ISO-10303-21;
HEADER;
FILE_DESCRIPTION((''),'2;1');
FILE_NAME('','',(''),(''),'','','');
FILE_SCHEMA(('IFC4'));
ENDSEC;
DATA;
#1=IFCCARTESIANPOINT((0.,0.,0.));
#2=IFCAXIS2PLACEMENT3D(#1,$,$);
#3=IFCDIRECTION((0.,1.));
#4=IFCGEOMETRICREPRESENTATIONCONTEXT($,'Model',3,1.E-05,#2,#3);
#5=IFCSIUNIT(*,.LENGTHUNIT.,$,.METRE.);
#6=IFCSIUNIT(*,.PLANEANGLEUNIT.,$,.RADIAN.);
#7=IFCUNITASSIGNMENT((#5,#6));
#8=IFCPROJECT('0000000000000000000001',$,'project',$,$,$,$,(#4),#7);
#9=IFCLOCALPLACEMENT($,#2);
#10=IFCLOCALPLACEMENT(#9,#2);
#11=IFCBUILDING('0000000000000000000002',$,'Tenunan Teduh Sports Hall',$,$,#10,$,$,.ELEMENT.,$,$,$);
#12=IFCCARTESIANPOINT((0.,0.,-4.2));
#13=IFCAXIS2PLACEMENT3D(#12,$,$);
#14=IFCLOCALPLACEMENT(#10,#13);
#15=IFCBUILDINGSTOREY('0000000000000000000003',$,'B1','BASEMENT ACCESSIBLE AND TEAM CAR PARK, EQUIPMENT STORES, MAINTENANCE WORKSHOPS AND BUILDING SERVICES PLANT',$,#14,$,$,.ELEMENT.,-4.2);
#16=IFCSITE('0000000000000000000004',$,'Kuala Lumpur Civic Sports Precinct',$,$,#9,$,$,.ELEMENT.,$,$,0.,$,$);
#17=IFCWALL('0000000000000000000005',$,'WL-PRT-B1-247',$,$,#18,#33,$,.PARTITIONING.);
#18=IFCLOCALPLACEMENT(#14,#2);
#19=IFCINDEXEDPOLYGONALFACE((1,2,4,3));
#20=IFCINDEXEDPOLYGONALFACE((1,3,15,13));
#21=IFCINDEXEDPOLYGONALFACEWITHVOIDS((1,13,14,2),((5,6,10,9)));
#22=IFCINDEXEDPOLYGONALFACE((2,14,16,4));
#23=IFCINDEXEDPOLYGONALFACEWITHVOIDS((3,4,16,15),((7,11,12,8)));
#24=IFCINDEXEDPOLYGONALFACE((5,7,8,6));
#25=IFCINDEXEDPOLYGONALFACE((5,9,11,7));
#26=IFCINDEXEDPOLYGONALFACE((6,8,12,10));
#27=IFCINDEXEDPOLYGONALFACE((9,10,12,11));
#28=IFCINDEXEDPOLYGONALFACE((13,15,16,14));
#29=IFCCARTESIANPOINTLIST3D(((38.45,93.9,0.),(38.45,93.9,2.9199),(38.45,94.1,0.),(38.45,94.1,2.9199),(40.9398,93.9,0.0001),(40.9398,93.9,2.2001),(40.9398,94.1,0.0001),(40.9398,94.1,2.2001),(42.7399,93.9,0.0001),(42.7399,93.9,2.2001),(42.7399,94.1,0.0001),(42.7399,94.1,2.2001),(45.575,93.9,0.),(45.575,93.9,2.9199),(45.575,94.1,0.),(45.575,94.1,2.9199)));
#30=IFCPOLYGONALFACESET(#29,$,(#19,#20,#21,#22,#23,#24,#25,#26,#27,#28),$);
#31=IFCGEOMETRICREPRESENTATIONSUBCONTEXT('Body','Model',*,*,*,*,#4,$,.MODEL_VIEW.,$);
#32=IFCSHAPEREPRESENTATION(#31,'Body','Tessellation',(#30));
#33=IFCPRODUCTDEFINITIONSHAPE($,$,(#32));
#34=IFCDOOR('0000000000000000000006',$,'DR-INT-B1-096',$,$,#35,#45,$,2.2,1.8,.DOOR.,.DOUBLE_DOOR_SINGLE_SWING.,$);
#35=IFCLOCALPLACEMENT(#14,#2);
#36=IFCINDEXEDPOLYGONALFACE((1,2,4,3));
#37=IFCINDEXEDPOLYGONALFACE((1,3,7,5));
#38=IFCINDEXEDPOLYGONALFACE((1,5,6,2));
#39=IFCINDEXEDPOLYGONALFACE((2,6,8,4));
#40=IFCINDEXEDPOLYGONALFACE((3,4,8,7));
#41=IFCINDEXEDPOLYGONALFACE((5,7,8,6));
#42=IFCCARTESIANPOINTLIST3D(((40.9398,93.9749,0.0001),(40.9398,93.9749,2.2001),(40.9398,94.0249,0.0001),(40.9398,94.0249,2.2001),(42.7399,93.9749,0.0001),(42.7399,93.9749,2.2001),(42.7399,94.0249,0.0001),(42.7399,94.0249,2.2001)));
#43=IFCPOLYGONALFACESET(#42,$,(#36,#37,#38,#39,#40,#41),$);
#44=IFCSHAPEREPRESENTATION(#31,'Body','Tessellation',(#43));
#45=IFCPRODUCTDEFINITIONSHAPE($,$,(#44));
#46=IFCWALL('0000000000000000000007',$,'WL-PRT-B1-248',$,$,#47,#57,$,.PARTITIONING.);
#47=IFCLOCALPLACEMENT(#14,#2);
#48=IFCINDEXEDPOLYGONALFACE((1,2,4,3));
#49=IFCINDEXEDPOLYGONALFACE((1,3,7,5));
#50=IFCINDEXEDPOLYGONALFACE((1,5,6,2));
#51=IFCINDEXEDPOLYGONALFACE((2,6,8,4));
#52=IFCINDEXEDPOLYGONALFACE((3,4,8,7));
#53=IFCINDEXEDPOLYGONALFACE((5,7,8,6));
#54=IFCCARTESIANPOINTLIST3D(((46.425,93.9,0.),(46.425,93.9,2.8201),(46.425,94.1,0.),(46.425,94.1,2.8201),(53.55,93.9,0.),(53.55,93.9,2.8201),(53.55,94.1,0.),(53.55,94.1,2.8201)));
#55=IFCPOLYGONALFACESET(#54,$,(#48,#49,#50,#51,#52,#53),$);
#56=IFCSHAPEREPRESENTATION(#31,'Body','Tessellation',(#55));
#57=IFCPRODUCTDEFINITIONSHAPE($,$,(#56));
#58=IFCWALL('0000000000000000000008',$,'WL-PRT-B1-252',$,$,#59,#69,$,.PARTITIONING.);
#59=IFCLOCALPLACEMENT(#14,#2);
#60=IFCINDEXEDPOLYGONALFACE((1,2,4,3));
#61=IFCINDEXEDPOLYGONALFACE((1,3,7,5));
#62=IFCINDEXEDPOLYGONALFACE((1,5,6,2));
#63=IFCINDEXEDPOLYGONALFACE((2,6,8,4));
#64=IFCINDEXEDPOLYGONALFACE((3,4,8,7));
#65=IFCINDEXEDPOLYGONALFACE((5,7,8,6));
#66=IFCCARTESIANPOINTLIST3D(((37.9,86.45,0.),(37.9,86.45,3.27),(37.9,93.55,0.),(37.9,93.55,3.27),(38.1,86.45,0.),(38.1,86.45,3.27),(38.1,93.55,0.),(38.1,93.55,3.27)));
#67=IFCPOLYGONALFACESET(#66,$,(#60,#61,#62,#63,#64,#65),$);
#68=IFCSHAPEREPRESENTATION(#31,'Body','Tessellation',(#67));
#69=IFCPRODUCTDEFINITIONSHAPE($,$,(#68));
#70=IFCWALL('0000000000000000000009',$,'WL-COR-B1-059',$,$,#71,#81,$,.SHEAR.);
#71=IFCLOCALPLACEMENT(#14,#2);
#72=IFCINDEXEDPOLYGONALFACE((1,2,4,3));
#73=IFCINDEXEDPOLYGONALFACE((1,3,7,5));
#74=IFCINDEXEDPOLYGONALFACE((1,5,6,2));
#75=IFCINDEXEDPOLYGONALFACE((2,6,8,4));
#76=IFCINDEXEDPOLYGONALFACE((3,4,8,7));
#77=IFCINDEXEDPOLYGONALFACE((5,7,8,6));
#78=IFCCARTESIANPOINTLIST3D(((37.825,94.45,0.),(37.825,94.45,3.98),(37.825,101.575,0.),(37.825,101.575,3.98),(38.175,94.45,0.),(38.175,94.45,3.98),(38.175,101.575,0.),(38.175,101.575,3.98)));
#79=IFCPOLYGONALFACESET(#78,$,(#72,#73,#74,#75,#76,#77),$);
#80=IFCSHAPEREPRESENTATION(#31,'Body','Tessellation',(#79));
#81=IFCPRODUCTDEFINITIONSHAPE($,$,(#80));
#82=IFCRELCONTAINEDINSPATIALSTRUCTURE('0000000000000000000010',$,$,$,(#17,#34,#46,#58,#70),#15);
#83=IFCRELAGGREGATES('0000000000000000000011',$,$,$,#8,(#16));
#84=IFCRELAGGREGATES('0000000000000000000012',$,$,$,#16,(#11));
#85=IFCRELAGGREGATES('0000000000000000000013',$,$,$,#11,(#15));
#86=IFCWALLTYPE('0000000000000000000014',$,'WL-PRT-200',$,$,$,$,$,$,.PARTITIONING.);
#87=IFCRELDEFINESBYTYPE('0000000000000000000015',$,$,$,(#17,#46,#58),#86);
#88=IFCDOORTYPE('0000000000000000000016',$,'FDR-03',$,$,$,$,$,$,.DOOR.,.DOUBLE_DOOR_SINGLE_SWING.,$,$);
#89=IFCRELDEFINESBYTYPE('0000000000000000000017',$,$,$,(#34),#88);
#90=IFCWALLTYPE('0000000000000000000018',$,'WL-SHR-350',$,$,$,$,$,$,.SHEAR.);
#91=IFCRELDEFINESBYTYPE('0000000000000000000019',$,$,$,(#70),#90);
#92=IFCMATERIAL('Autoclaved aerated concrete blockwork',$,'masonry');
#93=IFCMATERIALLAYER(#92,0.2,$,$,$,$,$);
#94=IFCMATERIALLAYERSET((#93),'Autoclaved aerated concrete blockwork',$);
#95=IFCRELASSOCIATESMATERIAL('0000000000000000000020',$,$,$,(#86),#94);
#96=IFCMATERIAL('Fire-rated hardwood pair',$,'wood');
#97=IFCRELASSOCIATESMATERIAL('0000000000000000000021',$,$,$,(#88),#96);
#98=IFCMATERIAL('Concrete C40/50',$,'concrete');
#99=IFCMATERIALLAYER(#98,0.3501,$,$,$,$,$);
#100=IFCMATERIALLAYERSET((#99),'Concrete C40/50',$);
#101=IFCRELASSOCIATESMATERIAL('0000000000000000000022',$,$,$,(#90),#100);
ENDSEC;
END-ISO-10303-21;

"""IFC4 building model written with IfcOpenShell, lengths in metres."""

from ifc_helpers import new_model, si_unit, direction, frame, frame_2d, origin, place, context, subcontext, project, spatial, rectangle, extrude, material, layer, layer_set, type_object, element, fill, save


model = new_model("IFC4")

# Units and contexts
model_context = context("Model", 3, precision=1e-05, world=origin(), true_north=direction((0.0, 1.0)))
body_context = subcontext(model_context, "Body", "Model", "MODEL_VIEW")
ifc_project = project(units=[si_unit("LENGTHUNIT", "METRE"), si_unit("PLANEANGLEUNIT", "RADIAN")], contexts=[model_context])

# Site, building, storey
site_placement = place(None, origin())
site = spatial("IfcSite", under=ifc_project, at=site_placement, Name="Kuala Lumpur Civic Sports Precinct", CompositionType="ELEMENT", RefElevation=0.0)
building_placement = place(site_placement, origin())
building = spatial("IfcBuilding", under=site, at=building_placement, Name="Tenunan Teduh Sports Hall", CompositionType="ELEMENT")
storey_placement = place(building_placement, frame((0.0, 0.0, -4.2)))
storey = spatial("IfcBuildingStorey", under=building, at=storey_placement, Name="B1", Description="BASEMENT ACCESSIBLE AND TEAM CAR PARK, EQUIPMENT STORES, MAINTENANCE WORKSHOPS AND BUILDING SERVICES PLANT", CompositionType="ELEMENT", Elevation=-4.2)

# Wall, opening, door
ifc_material_1 = material(Name="Autoclaved aerated concrete blockwork", Category="masonry")
ifc_layer_1 = layer(ifc_material_1, 0.2)
ifc_layer_set_1 = layer_set([ifc_layer_1], Name="Autoclaved aerated concrete blockwork")
wall_type_1 = type_object("IfcWallType", Name="WL-PRT-200", PredefinedType="PARTITIONING", material=ifc_layer_set_1)
wall_1_placement = place(storey_placement, frame((38.45, 94.0, 0.0), z_axis=(0.0, 0.0, 1.0), x_axis=(1.0, 0.0, 0.0)))
wall_1 = element("IfcWall", 1, at=wall_1_placement, inside=storey, type_object=wall_type_1, Name="WL-PRT-B1-247", PredefinedType="PARTITIONING", context=body_context, shape_type="SweptSolid", body=[
    extrude(rectangle(XDim=7.125, YDim=0.2, at=frame_2d((3.5625, 0.0))), origin(), (0.0, 0.0, 1.0), 2.9199),
])
opening_placement = place(wall_1_placement, frame((2.49, 0.0, 0.0)))
opening = element("IfcOpeningElement", 2, at=opening_placement, cuts=wall_1, PredefinedType="OPENING", context=body_context, shape_type="SweptSolid", body=[
    extrude(rectangle(XDim=1.8, YDim=2.2, at=frame_2d((0.8999, 1.1001))), frame((0.0, 0.1099, 0.0), z_axis=(0.0, -1.0, 0.0), x_axis=(1.0, 0.0, 0.0)), (0.0, 0.0, 1.0), 0.22),
])
ifc_material_2 = material(Name="Fire-rated hardwood pair", Category="wood")
door_type = type_object("IfcDoorType", Name="FDR-03", OperationType="DOUBLE_DOOR_SINGLE_SWING", PredefinedType="DOOR", material=ifc_material_2)
door_placement = place(opening_placement, origin())
door = element("IfcDoor", 3, at=door_placement, inside=storey, type_object=door_type, Name="DR-INT-B1-096", OperationType="DOUBLE_DOOR_SINGLE_SWING", OverallHeight=2.2, OverallWidth=1.8, PredefinedType="DOOR", context=body_context, shape_type="SweptSolid", body=[
    extrude(rectangle(XDim=1.8, YDim=2.2, at=frame_2d((0.8999, 1.1001))), frame((0.0, 0.0249, 0.0), z_axis=(0.0, -1.0, 0.0), x_axis=(1.0, 0.0, 0.0)), (0.0, 0.0, 1.0), 0.05),
])
fill(opening, door)

# Walls
wall_2_placement = place(storey_placement, frame((46.425, 94.0, 0.0), z_axis=(0.0, 0.0, 1.0), x_axis=(1.0, 0.0, 0.0)))
element("IfcWall", 4, at=wall_2_placement, inside=storey, type_object=wall_type_1, Name="WL-PRT-B1-248", PredefinedType="PARTITIONING", context=body_context, shape_type="SweptSolid", body=[
    extrude(rectangle(XDim=7.125, YDim=0.2, at=frame_2d((3.5625, 0.0))), origin(), (0.0, 0.0, 1.0), 2.8201),
])
wall_3_placement = place(storey_placement, frame((38.0, 86.45, 0.0), z_axis=(0.0, 0.0, 1.0), x_axis=(0.0, 1.0, 0.0)))
element("IfcWall", 5, at=wall_3_placement, inside=storey, type_object=wall_type_1, Name="WL-PRT-B1-252", PredefinedType="PARTITIONING", context=body_context, shape_type="SweptSolid", body=[
    extrude(rectangle(XDim=7.1001, YDim=0.2, at=frame_2d((3.55, 0.0))), origin(), (0.0, 0.0, 1.0), 3.27),
])
ifc_material_3 = material(Name="Concrete C40/50", Category="concrete")
ifc_layer_2 = layer(ifc_material_3, 0.3501)
ifc_layer_set_2 = layer_set([ifc_layer_2], Name="Concrete C40/50")
wall_type_2 = type_object("IfcWallType", Name="WL-SHR-350", PredefinedType="SHEAR", material=ifc_layer_set_2)
wall_4_placement = place(storey_placement, frame((38.0, 94.45, 0.0), z_axis=(0.0, 0.0, 1.0), x_axis=(0.0, 1.0, 0.0)))
element("IfcWall", 6, at=wall_4_placement, inside=storey, type_object=wall_type_2, Name="WL-COR-B1-059", PredefinedType="SHEAR", context=body_context, shape_type="SweptSolid", body=[
    extrude(rectangle(XDim=7.125, YDim=0.3501, at=frame_2d((3.5625, 0.0))), origin(), (0.0, 0.0, 1.0), 3.98),
])

save(model, "model.ifc")
